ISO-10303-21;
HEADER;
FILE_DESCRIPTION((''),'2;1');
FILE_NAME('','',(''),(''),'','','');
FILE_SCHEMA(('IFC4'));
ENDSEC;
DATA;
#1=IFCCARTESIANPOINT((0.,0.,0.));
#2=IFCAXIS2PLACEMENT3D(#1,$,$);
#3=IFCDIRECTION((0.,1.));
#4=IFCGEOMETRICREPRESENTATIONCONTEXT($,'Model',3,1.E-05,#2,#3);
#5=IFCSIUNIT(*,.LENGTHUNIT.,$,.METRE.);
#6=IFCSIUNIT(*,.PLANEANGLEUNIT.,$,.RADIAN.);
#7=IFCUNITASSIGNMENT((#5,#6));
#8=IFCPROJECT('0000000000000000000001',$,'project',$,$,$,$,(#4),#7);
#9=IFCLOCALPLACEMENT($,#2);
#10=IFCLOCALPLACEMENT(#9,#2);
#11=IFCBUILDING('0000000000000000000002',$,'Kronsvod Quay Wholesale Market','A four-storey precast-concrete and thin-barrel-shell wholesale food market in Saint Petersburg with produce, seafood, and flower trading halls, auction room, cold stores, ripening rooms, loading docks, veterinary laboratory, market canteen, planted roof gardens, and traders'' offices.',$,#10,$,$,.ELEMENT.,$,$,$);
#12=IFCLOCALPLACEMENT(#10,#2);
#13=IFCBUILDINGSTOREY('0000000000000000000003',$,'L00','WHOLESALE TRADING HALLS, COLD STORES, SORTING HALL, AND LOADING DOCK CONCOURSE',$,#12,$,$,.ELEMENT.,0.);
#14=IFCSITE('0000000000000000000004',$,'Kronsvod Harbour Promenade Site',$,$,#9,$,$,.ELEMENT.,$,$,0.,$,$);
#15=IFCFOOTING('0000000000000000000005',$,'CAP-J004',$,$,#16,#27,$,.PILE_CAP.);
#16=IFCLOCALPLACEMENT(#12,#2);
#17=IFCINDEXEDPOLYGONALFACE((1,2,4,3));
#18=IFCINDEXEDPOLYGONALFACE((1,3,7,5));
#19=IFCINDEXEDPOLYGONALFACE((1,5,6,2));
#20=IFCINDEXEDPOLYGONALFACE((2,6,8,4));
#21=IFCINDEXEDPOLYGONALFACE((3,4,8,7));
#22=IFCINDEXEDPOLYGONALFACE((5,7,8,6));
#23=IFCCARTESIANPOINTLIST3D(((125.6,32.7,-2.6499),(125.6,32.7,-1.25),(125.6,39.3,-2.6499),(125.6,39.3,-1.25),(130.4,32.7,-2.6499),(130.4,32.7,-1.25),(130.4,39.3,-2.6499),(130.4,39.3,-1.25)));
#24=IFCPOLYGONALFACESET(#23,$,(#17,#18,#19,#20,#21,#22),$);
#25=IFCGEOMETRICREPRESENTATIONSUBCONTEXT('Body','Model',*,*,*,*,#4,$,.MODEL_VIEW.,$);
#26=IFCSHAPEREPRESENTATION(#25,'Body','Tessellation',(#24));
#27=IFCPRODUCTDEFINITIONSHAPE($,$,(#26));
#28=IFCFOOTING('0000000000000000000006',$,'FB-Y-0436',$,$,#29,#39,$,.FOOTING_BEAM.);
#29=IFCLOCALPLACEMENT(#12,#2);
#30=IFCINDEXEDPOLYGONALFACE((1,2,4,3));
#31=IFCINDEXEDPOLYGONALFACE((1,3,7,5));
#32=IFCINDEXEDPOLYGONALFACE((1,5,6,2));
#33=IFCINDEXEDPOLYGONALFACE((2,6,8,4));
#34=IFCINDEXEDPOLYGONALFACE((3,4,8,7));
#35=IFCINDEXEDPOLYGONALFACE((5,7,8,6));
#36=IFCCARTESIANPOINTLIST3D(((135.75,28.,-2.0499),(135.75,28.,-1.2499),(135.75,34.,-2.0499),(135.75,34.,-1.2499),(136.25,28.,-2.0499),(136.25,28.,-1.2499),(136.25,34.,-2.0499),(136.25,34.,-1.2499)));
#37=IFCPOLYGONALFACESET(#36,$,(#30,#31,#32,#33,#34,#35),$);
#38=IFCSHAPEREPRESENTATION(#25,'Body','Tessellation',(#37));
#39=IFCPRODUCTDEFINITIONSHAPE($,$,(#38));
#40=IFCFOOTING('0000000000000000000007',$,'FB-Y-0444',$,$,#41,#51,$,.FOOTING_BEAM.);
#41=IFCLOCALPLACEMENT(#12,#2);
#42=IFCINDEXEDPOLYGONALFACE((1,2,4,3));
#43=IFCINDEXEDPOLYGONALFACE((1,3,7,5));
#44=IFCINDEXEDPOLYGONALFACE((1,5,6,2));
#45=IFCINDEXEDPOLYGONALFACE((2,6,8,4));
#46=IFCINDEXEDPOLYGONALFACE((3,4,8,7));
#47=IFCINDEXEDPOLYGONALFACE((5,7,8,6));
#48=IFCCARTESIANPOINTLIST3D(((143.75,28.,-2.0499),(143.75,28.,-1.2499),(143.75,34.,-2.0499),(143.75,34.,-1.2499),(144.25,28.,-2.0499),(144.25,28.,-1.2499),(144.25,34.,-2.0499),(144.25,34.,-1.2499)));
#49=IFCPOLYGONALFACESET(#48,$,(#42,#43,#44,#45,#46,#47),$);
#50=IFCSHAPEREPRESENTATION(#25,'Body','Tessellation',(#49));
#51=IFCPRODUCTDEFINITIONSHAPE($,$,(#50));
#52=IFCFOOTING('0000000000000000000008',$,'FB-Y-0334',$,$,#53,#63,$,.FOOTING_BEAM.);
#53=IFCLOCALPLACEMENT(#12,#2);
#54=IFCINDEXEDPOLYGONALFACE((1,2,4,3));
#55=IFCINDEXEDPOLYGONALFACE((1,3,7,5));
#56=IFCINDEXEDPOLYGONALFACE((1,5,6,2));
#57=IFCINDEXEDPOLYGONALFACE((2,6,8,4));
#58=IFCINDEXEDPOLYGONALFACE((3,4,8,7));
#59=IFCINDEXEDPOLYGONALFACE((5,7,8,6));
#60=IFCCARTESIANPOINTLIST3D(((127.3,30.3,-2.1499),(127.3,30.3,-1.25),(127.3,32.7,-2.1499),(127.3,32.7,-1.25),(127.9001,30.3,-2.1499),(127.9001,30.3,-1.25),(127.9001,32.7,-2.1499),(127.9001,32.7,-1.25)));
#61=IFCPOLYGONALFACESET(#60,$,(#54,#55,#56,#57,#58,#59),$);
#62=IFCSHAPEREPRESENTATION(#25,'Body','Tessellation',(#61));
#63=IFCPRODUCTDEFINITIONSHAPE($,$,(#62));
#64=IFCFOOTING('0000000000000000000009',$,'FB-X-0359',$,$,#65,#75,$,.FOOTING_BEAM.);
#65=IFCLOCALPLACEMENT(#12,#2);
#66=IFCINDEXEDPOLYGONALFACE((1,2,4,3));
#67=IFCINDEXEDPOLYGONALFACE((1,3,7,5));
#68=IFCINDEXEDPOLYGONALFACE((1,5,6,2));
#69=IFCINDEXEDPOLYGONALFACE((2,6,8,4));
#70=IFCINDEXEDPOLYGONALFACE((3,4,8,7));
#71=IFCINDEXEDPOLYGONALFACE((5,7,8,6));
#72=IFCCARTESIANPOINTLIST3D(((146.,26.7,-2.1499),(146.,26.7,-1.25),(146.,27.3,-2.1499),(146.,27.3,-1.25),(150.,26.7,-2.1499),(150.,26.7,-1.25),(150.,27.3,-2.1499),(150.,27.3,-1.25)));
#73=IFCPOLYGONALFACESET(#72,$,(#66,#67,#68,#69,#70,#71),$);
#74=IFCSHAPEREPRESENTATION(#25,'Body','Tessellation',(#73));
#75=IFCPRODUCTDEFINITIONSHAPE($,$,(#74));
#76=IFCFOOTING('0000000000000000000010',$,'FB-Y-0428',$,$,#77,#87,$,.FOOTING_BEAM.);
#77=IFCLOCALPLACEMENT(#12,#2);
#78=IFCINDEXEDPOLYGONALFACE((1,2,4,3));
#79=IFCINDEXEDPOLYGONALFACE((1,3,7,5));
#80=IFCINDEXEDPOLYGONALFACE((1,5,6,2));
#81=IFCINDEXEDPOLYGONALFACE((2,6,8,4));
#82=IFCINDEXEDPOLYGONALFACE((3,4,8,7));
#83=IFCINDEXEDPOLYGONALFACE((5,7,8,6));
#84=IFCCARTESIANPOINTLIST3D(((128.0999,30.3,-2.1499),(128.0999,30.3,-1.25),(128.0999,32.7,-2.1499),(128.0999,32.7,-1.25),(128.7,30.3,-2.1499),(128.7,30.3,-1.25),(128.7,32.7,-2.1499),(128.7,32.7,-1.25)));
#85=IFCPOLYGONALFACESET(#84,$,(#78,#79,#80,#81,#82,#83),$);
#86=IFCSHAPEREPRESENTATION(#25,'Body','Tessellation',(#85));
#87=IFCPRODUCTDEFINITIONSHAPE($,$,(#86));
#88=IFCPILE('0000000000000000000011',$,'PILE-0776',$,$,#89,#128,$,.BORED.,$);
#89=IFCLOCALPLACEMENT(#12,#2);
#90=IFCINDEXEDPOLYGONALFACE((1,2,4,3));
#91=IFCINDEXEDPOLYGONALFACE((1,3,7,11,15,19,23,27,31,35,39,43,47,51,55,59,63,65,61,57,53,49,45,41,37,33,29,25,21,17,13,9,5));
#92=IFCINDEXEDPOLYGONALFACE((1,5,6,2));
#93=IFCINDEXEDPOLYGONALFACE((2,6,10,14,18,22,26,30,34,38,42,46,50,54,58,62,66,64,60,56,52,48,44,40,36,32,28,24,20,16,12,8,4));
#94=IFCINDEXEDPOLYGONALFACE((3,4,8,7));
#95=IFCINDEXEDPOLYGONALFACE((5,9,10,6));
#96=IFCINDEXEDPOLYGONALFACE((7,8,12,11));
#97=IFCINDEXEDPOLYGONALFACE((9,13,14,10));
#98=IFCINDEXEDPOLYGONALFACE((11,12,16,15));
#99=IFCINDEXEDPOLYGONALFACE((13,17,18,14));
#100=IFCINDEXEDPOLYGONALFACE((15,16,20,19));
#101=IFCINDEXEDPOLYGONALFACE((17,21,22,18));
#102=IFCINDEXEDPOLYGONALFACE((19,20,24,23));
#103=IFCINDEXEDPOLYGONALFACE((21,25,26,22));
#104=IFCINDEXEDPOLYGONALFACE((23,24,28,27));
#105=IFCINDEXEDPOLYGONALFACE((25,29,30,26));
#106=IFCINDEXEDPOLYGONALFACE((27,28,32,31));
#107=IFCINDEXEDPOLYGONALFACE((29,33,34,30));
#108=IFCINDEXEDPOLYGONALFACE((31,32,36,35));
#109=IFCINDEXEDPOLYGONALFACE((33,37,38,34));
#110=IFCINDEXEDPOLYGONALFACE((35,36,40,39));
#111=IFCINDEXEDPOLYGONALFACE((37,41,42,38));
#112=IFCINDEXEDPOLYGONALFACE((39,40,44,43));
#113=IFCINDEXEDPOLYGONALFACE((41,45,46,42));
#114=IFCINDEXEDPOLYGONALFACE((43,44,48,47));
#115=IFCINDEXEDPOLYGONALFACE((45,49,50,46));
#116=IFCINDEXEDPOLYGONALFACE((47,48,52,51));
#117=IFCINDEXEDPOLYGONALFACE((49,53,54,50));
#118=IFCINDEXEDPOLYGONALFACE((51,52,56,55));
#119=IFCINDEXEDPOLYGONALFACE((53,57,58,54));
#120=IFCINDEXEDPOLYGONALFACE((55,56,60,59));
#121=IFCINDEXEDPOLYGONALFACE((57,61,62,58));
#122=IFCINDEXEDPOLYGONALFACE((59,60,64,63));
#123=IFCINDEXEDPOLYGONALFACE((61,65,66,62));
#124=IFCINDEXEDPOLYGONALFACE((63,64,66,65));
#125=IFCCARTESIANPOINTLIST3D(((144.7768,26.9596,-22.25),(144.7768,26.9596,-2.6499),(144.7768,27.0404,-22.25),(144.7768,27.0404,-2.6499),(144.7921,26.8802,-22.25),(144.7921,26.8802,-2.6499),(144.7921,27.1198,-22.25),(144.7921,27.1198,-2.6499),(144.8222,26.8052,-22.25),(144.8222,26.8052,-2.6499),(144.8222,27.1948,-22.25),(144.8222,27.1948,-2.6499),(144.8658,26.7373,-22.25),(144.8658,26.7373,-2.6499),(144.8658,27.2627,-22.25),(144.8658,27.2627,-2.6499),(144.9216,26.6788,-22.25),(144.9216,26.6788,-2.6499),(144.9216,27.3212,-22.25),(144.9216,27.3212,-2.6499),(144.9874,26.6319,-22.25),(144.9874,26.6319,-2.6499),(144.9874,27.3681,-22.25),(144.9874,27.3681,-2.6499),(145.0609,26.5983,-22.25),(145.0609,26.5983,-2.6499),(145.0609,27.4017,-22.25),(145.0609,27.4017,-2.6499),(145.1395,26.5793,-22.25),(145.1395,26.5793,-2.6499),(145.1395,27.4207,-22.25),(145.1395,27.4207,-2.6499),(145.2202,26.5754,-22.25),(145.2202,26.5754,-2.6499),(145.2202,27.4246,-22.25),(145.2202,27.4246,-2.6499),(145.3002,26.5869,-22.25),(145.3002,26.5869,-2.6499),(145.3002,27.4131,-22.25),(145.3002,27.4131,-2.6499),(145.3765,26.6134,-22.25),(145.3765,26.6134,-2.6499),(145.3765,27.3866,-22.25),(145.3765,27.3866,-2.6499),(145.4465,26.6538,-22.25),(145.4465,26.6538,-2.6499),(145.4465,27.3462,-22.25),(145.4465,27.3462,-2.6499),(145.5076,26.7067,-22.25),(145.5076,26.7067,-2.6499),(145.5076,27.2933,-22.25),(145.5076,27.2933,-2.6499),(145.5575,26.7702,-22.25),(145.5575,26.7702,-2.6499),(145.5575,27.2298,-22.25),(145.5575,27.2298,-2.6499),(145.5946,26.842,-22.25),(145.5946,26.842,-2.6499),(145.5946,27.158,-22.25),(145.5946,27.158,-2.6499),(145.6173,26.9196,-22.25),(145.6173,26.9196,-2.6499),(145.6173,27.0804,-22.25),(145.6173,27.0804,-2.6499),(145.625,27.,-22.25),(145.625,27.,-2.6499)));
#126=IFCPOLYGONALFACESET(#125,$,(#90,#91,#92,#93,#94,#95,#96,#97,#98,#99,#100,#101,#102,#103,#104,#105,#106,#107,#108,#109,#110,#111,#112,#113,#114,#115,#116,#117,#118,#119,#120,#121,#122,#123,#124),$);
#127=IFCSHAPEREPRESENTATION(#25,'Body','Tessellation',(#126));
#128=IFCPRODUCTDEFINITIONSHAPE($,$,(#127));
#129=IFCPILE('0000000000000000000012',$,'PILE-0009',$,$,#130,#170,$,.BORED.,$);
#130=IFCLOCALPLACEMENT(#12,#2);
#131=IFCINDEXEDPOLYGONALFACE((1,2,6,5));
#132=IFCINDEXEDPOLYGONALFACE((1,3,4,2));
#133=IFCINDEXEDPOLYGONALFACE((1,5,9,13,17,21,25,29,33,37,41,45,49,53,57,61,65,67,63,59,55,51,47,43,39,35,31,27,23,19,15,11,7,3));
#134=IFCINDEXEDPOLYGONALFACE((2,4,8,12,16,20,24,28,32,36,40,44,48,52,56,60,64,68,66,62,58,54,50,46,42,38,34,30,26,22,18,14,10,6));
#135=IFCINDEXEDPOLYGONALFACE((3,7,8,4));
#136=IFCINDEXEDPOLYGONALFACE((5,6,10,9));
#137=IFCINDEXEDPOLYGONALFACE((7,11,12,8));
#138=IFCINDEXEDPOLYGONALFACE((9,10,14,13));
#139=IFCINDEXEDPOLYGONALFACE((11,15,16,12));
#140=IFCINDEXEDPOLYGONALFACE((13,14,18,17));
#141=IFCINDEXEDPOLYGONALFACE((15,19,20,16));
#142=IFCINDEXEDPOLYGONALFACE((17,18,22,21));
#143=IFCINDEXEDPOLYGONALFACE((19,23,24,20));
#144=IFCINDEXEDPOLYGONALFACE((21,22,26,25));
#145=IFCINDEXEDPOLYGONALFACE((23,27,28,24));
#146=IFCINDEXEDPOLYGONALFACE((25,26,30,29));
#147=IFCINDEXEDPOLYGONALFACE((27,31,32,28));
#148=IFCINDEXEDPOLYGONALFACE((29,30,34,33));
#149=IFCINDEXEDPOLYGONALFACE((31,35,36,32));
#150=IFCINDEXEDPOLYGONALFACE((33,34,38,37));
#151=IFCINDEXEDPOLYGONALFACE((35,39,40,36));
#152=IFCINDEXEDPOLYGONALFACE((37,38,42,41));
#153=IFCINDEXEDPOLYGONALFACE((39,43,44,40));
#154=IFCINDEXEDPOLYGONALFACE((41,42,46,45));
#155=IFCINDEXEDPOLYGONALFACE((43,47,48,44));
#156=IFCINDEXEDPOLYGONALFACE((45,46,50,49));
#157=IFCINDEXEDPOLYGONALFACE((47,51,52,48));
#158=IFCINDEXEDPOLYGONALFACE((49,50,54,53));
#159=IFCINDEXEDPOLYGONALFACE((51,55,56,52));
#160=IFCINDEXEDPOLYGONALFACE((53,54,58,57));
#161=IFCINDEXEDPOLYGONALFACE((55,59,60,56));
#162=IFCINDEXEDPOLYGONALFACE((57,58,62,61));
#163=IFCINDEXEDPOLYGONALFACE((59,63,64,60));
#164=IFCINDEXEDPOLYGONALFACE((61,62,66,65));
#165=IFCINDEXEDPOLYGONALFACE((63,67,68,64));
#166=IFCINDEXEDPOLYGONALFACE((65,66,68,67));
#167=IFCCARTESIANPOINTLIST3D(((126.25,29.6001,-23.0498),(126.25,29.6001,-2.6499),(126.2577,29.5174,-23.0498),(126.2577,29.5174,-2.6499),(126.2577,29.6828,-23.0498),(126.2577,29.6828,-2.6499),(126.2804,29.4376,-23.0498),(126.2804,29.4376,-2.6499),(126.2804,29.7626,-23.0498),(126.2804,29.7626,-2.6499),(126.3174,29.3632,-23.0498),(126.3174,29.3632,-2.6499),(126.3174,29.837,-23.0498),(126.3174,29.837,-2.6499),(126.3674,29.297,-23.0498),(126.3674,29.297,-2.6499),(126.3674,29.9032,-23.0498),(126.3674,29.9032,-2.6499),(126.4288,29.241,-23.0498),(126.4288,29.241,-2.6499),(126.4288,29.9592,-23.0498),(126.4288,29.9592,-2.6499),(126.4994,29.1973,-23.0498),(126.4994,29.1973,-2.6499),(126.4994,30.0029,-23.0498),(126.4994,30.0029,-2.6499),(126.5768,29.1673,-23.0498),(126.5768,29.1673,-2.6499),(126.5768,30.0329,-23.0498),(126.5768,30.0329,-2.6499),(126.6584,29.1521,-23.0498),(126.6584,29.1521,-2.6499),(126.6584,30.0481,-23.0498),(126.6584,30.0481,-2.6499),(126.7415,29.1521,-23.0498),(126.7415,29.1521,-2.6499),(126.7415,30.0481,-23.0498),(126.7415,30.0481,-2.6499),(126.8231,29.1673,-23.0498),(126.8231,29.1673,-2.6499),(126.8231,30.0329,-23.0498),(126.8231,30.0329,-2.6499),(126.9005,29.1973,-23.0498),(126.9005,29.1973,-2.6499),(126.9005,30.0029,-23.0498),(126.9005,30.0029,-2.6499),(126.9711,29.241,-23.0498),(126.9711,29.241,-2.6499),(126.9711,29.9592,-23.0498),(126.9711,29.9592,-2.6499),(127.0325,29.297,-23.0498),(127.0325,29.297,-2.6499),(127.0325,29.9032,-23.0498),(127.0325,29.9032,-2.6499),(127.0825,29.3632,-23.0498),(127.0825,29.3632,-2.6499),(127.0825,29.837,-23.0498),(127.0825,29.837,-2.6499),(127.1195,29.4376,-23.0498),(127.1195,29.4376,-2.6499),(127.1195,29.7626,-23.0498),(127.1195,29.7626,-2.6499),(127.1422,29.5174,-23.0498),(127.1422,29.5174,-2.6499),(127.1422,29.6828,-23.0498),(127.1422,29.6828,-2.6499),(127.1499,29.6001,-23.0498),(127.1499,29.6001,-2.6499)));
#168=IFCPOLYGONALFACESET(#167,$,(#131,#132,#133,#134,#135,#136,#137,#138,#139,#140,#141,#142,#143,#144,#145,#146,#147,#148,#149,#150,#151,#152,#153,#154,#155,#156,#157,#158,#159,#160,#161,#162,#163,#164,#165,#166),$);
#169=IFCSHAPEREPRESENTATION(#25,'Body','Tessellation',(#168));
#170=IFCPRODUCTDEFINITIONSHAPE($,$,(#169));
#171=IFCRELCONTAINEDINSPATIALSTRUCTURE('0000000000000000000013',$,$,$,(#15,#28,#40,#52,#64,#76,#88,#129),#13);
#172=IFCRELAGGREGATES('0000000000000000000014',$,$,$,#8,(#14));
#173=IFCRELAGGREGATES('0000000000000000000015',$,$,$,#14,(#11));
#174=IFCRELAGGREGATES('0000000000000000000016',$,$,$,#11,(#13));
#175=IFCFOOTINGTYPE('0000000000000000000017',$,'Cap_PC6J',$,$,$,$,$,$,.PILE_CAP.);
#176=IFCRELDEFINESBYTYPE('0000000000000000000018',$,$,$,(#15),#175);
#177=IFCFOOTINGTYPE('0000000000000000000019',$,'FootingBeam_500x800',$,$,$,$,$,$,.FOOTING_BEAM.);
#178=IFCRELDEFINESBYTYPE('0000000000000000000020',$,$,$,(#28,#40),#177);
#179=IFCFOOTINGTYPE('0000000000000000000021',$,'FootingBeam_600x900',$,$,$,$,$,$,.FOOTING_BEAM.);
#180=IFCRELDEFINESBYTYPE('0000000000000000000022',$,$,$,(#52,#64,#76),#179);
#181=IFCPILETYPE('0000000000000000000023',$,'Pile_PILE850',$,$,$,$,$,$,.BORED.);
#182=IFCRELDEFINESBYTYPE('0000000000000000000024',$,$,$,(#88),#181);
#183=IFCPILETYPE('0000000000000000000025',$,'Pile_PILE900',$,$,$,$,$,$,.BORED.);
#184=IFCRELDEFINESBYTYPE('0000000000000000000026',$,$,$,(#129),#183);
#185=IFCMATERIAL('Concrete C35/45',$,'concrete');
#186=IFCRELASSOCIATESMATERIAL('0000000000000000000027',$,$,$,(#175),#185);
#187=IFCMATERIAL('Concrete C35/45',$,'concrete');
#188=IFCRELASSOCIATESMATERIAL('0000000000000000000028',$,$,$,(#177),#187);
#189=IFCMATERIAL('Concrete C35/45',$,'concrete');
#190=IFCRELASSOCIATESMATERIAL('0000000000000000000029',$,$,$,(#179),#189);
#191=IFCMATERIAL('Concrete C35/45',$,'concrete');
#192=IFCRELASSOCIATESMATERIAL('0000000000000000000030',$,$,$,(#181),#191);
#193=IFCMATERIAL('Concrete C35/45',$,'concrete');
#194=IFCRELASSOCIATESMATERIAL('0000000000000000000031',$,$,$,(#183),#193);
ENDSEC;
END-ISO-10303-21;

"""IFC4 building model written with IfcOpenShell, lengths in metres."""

from ifc_helpers import new_model, si_unit, direction, frame, origin, origin_2d, place, context, subcontext, project, spatial, rectangle, circle, extrude, material, material_profile, profile_set, type_object, element, save


model = new_model("IFC4")

# Units and contexts
model_context = context("Model", 3, precision=1e-05, world=origin(), true_north=direction((0.0, 1.0)))
body_context = subcontext(model_context, "Body", "Model", "MODEL_VIEW")
ifc_project = project(units=[si_unit("LENGTHUNIT", "METRE"), si_unit("PLANEANGLEUNIT", "RADIAN")], contexts=[model_context])

# Site, building, storey
site_placement = place(None, origin())
site = spatial("IfcSite", under=ifc_project, at=site_placement, Name="Kronsvod Harbour Promenade Site", CompositionType="ELEMENT", RefElevation=0.0)
building_placement = place(site_placement, origin())
building = spatial("IfcBuilding", under=site, at=building_placement, Name="Kronsvod Quay Wholesale Market", Description="A four-storey precast-concrete and thin-barrel-shell wholesale food market in Saint Petersburg with produce, seafood, and flower trading halls, auction room, cold stores, ripening rooms, loading docks, veterinary laboratory, market canteen, planted roof gardens, and traders' offices.", CompositionType="ELEMENT")
storey_placement = place(building_placement, origin())
storey = spatial("IfcBuildingStorey", under=building, at=storey_placement, Name="L00", Description="WHOLESALE TRADING HALLS, COLD STORES, SORTING HALL, AND LOADING DOCK CONCOURSE", CompositionType="ELEMENT", Elevation=0.0)

# Footings
ifc_material_1 = material(Name="Concrete C35/45", Category="concrete")
footing_type_1 = type_object("IfcFootingType", Name="Cap_PC6J", PredefinedType="PILE_CAP", material=ifc_material_1)
footing_1_placement = place(storey_placement, frame((128.0, 36.0, -2.6499), z_axis=(0.0, 0.0, 1.0), x_axis=(1.0, 0.0, 0.0)))
element("IfcFooting", 1, at=footing_1_placement, inside=storey, type_object=footing_type_1, Name="CAP-J004", PredefinedType="PILE_CAP", context=body_context, shape_type="SweptSolid", body=[
    extrude(rectangle(XDim=4.8, YDim=6.6001, at=origin_2d()), origin(), (0.0, 0.0, 1.0), 1.3999),
])
ifc_material_2 = material(Name="Concrete C35/45", Category="concrete")
ifc_material_profile_1 = material_profile(ifc_material_2, rectangle(XDim=0.5, YDim=0.8, at=origin_2d()), Name="FB-01")
ifc_profile_set_1 = profile_set([ifc_material_profile_1], Name="Concrete C35/45")
footing_type_2 = type_object("IfcFootingType", Name="FootingBeam_500x800", PredefinedType="FOOTING_BEAM", material=ifc_profile_set_1)
for number, where, z_axis, x_axis, name in (
    (2, (136.0, 28.0, -1.6499), (0.0, 1.0, 0.0), (-1.0, 0.0, 0.0), "FB-Y-0436"),
    (3, (144.0, 28.0, -1.6499), (0.0, 1.0, 0.0), (-1.0, 0.0, 0.0), "FB-Y-0444"),
):
    element("IfcFooting", number, at=place(storey_placement, frame(where, z_axis=z_axis, x_axis=x_axis)), inside=storey, type_object=footing_type_2, Name=name, PredefinedType="FOOTING_BEAM", context=body_context, shape_type="SweptSolid", body=[
        extrude(rectangle(XDim=0.5, YDim=0.8, at=origin_2d()), origin(), (0.0, 0.0, 1.0), 6.0),
    ])
ifc_material_3 = material(Name="Concrete C35/45", Category="concrete")
ifc_material_profile_2 = material_profile(ifc_material_3, rectangle(XDim=0.6001, YDim=0.8999, at=origin_2d()), Name="FB-02")
ifc_profile_set_2 = profile_set([ifc_material_profile_2], Name="Concrete C35/45")
footing_type_3 = type_object("IfcFootingType", Name="FootingBeam_600x900", PredefinedType="FOOTING_BEAM", material=ifc_profile_set_2)
footing_2_placement = place(storey_placement, frame((127.6001, 30.3, -1.7), z_axis=(0.0, 1.0, 0.0), x_axis=(-1.0, 0.0, 0.0)))
element("IfcFooting", 4, at=footing_2_placement, inside=storey, type_object=footing_type_3, Name="FB-Y-0334", PredefinedType="FOOTING_BEAM", context=body_context, shape_type="SweptSolid", body=[
    extrude(rectangle(XDim=0.6001, YDim=0.8999, at=origin_2d()), origin(), (0.0, 0.0, 1.0), 2.3999),
])
footing_3_placement = place(storey_placement, frame((146.0, 27.0, -1.7), z_axis=(1.0, 0.0, 0.0), x_axis=(0.0, 1.0, 0.0)))
element("IfcFooting", 5, at=footing_3_placement, inside=storey, type_object=footing_type_3, Name="FB-X-0359", PredefinedType="FOOTING_BEAM", context=body_context, shape_type="SweptSolid", body=[
    extrude(rectangle(XDim=0.6001, YDim=0.8999, at=origin_2d()), origin(), (0.0, 0.0, 1.0), 4.0),
])
footing_4_placement = place(storey_placement, frame((128.3999, 30.3, -1.7), z_axis=(0.0, 1.0, 0.0), x_axis=(-1.0, 0.0, 0.0)))
element("IfcFooting", 6, at=footing_4_placement, inside=storey, type_object=footing_type_3, Name="FB-Y-0428", PredefinedType="FOOTING_BEAM", context=body_context, shape_type="SweptSolid", body=[
    extrude(rectangle(XDim=0.6001, YDim=0.8999, at=origin_2d()), origin(), (0.0, 0.0, 1.0), 2.3999),
])

# Piles
ifc_material_4 = material(Name="Concrete C35/45", Category="concrete")
ifc_material_profile_3 = material_profile(ifc_material_4, circle(Radius=0.425, at=origin_2d()), Name="PILE850")
ifc_profile_set_3 = profile_set([ifc_material_profile_3], Name="Concrete C35/45")
pile_type_1 = type_object("IfcPileType", Name="Pile_PILE850", PredefinedType="BORED", material=ifc_profile_set_3)
pile_placement = place(storey_placement, frame((145.2, 27.0, -2.6499), z_axis=(0.0, 0.0, -1.0), x_axis=(1.0, 0.0, 0.0)))
element("IfcPile", 7, at=pile_placement, inside=storey, type_object=pile_type_1, Name="PILE-0776", PredefinedType="BORED", context=body_context, shape_type="SweptSolid", body=[
    extrude(circle(Radius=0.425, at=origin_2d()), origin(), (0.0, 0.0, 1.0), 19.6001),
])
ifc_material_5 = material(Name="Concrete C35/45", Category="concrete")
ifc_material_profile_4 = material_profile(ifc_material_5, circle(Radius=0.45, at=origin_2d()), Name="PILE900")
ifc_profile_set_4 = profile_set([ifc_material_profile_4], Name="Concrete C35/45")
pile_type_2 = type_object("IfcPileType", Name="Pile_PILE900", PredefinedType="BORED", material=ifc_profile_set_4)
for number, where, z_axis, x_axis, name in (
    (8, (126.7, 29.6001, -2.6499), (0.0, 0.0, -1.0), (1.0, 0.0, 0.0), "PILE-0009"),
):
    element("IfcPile", number, at=place(storey_placement, frame(where, z_axis=z_axis, x_axis=x_axis)), inside=storey, type_object=pile_type_2, Name=name, PredefinedType="BORED", context=body_context, shape_type="SweptSolid", body=[
        extrude(circle(Radius=0.45, at=origin_2d()), origin(), (0.0, 0.0, 1.0), 20.3999),
    ])

save(model, "model.ifc")
